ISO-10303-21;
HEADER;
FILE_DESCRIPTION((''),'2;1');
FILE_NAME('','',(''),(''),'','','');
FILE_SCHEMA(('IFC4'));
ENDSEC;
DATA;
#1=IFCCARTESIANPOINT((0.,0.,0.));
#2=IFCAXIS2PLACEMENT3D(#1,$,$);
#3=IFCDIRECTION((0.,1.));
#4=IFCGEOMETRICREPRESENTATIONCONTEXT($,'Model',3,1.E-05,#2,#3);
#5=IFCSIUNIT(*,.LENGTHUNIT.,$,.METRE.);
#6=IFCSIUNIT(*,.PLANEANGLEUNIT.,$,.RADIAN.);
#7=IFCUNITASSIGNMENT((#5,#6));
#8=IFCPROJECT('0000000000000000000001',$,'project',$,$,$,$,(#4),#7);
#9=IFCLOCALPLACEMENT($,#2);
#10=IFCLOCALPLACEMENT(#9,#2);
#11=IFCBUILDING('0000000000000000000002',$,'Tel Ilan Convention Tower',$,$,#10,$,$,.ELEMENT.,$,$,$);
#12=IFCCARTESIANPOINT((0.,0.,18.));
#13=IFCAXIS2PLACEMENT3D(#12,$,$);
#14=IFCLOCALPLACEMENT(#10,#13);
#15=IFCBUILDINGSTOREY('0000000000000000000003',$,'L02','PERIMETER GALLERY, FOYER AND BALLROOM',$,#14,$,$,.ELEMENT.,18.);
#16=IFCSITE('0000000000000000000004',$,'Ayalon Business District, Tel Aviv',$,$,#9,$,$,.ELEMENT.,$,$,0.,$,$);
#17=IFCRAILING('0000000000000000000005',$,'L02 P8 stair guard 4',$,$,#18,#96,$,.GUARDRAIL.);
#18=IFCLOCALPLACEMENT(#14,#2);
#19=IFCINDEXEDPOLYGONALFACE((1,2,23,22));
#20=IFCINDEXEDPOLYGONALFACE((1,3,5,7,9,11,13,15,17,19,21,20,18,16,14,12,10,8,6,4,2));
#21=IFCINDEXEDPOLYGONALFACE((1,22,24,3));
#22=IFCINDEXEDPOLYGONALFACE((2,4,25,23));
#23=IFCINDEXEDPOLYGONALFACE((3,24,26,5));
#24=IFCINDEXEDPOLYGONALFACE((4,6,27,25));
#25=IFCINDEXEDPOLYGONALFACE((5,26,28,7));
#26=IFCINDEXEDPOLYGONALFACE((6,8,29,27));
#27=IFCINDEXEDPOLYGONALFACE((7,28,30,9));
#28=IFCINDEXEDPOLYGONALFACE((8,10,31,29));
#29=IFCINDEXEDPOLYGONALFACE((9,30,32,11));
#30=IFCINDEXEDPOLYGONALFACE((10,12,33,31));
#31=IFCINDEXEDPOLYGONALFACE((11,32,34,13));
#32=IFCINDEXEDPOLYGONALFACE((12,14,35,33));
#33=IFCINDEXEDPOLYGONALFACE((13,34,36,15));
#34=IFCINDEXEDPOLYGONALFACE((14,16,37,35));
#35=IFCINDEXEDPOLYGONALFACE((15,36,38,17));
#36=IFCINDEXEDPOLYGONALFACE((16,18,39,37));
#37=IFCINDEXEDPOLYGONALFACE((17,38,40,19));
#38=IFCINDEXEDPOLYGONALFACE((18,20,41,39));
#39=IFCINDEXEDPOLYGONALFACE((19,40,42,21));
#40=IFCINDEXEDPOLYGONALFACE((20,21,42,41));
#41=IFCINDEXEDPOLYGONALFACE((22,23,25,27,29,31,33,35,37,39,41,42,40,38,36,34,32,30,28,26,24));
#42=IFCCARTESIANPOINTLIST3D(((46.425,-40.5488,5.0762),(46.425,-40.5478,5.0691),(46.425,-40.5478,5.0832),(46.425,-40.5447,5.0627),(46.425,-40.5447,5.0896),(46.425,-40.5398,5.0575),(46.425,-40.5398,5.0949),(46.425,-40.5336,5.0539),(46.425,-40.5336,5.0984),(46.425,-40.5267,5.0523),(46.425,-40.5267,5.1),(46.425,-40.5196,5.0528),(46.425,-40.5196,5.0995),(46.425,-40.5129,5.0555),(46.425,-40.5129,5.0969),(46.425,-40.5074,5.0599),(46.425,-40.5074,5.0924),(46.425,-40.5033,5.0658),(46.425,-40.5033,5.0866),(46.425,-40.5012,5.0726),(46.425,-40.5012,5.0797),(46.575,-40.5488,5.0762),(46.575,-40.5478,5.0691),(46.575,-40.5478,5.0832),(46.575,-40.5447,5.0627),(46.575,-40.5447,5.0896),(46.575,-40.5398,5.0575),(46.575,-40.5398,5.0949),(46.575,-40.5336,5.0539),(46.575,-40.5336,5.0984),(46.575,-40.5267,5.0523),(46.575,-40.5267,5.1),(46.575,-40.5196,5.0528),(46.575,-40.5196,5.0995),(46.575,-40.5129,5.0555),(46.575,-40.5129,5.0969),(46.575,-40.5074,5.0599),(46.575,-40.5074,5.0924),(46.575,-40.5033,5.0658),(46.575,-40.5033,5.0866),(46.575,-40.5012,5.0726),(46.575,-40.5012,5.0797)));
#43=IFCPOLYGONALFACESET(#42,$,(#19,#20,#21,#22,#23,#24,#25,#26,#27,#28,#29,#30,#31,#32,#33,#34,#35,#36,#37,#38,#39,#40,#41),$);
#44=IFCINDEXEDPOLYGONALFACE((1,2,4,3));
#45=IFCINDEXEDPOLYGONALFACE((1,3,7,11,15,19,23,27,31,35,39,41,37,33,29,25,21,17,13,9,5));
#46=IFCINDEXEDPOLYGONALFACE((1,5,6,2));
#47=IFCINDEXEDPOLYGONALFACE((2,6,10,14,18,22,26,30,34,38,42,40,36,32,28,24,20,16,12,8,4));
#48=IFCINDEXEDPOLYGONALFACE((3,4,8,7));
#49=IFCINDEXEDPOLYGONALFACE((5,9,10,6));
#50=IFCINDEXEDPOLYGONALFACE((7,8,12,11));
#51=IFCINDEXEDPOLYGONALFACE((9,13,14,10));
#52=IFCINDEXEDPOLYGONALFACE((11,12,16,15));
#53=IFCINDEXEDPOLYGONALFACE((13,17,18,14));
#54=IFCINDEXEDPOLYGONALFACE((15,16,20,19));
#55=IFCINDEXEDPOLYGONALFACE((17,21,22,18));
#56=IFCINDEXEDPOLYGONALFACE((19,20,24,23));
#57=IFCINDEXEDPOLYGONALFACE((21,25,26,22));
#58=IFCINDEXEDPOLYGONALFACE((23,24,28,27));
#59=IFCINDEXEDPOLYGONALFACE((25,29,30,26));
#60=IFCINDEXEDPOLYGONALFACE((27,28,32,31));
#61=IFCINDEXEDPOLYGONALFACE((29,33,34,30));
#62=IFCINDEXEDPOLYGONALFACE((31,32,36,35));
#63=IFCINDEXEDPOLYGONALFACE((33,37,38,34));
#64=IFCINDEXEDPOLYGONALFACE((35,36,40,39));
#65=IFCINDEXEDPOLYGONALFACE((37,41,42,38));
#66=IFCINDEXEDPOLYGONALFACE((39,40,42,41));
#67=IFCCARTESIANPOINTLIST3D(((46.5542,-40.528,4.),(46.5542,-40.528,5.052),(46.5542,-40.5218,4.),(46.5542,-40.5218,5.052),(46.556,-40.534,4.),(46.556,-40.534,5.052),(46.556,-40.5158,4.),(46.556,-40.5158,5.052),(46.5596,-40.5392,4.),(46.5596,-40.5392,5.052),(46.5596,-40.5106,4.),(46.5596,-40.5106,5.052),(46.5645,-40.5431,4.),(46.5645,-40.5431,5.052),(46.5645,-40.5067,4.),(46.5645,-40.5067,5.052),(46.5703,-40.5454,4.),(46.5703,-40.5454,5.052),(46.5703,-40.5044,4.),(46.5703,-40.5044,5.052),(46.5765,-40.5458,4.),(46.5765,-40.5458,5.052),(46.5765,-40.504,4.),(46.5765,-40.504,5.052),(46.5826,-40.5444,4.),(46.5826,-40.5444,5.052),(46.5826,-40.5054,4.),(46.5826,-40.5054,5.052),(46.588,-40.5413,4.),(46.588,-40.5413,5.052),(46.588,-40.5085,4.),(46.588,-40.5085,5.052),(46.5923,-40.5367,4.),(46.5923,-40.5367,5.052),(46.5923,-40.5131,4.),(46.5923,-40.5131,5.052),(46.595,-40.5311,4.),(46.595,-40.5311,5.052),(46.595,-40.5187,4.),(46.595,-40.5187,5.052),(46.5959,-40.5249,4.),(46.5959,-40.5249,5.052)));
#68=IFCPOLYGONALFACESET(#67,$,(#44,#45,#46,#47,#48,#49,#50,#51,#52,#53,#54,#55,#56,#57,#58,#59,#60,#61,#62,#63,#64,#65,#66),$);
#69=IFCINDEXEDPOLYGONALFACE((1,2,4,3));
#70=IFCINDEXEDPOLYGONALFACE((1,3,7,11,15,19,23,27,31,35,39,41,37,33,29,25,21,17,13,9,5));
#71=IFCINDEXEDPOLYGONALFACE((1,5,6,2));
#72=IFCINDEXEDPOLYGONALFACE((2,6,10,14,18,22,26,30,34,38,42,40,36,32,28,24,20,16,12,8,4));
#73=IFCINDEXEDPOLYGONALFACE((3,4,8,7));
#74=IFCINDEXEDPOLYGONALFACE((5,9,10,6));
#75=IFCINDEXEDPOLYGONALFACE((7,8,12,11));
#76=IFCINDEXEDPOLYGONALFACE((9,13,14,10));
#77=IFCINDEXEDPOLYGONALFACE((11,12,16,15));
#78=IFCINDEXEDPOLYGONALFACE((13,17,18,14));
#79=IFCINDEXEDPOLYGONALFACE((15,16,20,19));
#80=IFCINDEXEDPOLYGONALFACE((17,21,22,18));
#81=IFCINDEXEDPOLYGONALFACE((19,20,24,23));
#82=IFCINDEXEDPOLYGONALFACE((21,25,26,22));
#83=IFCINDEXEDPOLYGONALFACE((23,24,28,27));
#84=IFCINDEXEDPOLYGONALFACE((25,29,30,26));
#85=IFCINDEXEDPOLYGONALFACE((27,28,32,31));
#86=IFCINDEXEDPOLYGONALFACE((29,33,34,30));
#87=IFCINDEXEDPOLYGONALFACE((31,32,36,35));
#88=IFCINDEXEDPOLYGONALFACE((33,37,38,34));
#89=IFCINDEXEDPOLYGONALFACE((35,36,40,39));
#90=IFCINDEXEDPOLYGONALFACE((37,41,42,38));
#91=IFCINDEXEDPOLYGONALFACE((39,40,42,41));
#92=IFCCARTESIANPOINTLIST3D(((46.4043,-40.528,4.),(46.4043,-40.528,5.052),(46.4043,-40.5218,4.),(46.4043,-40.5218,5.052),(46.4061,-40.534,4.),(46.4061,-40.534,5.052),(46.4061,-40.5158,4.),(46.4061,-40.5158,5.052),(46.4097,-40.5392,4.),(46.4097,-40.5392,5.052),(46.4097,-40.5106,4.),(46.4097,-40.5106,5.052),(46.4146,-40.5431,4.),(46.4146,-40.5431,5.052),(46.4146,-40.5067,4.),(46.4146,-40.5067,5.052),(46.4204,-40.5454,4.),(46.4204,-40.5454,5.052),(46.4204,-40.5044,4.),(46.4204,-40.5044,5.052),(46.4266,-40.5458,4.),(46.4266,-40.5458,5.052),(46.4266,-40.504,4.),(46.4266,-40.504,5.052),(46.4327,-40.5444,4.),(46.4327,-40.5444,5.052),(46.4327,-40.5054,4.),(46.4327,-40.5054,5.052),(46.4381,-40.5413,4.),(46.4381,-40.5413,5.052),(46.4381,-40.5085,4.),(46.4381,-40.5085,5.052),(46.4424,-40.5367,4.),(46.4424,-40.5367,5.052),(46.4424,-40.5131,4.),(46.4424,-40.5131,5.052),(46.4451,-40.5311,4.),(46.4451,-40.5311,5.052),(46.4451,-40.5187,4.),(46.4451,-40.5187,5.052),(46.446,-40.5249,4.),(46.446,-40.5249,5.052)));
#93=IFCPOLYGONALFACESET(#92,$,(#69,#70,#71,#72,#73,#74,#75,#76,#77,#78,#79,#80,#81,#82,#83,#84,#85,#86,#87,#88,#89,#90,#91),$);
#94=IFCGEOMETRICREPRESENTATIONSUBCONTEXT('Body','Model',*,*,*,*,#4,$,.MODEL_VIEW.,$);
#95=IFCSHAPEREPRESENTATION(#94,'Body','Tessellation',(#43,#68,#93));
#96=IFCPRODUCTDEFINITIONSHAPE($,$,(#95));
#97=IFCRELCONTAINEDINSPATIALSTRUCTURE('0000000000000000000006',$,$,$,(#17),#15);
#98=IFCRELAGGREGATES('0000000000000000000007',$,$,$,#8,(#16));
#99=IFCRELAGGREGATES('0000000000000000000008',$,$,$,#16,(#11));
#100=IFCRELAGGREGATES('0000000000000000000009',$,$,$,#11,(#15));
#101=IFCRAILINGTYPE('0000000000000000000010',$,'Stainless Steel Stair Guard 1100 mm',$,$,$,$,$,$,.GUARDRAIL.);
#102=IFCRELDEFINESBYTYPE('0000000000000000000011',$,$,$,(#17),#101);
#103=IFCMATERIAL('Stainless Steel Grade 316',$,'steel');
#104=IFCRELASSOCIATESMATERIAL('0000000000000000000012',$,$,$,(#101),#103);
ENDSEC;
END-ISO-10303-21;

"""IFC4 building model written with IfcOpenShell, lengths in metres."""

from ifc_helpers import new_model, si_unit, direction, frame, origin, origin_2d, place, context, subcontext, project, spatial, circle, extrude, material, type_object, element, save


model = new_model("IFC4")

# Units and contexts
model_context = context("Model", 3, precision=1e-05, world=origin(), true_north=direction((0.0, 1.0)))
body_context = subcontext(model_context, "Body", "Model", "MODEL_VIEW")
ifc_project = project(units=[si_unit("LENGTHUNIT", "METRE"), si_unit("PLANEANGLEUNIT", "RADIAN")], contexts=[model_context])

# Site, building, storey
site_placement = place(None, origin())
site = spatial("IfcSite", under=ifc_project, at=site_placement, Name="Ayalon Business District, Tel Aviv", CompositionType="ELEMENT", RefElevation=0.0)
building_placement = place(site_placement, origin())
building = spatial("IfcBuilding", under=site, at=building_placement, Name="Tel Ilan Convention Tower", CompositionType="ELEMENT")
storey_placement = place(building_placement, frame((0.0, 0.0, 18.0)))
storey = spatial("IfcBuildingStorey", under=building, at=storey_placement, Name="L02", Description="PERIMETER GALLERY, FOYER AND BALLROOM", CompositionType="ELEMENT", Elevation=18.0)

# Railing
ifc_material_1 = material(Name="Stainless Steel Grade 316", Category="steel")
railing_type_1 = type_object("IfcRailingType", Name="Stainless Steel Stair Guard 1100 mm", PredefinedType="GUARDRAIL", material=ifc_material_1)
railing_1_placement = place(storey_placement, frame((46.575, -40.5249, 4.0)))
element("IfcRailing", 1, at=railing_1_placement, inside=storey, type_object=railing_type_1, Name="L02 P8 stair guard 4", PredefinedType="GUARDRAIL", context=body_context, shape_type="SweptSolid", body=[
    extrude(circle(Radius=0.0239, at=origin_2d()), frame((0.0, 0.0, 1.0762), z_axis=(-1.0, 0.0, 0.0), x_axis=(0.0, -1.0, 0.0)), (0.0, 0.0, 1.0), 0.1499),
    extrude(circle(Radius=0.021, at=origin_2d()), origin(), (0.0, 0.0, 1.0), 1.052),
    extrude(circle(Radius=0.021, at=origin_2d()), frame((-0.1499, 0.0, 0.0)), (0.0, 0.0, 1.0), 1.052),
])

save(model, "model.ifc")
